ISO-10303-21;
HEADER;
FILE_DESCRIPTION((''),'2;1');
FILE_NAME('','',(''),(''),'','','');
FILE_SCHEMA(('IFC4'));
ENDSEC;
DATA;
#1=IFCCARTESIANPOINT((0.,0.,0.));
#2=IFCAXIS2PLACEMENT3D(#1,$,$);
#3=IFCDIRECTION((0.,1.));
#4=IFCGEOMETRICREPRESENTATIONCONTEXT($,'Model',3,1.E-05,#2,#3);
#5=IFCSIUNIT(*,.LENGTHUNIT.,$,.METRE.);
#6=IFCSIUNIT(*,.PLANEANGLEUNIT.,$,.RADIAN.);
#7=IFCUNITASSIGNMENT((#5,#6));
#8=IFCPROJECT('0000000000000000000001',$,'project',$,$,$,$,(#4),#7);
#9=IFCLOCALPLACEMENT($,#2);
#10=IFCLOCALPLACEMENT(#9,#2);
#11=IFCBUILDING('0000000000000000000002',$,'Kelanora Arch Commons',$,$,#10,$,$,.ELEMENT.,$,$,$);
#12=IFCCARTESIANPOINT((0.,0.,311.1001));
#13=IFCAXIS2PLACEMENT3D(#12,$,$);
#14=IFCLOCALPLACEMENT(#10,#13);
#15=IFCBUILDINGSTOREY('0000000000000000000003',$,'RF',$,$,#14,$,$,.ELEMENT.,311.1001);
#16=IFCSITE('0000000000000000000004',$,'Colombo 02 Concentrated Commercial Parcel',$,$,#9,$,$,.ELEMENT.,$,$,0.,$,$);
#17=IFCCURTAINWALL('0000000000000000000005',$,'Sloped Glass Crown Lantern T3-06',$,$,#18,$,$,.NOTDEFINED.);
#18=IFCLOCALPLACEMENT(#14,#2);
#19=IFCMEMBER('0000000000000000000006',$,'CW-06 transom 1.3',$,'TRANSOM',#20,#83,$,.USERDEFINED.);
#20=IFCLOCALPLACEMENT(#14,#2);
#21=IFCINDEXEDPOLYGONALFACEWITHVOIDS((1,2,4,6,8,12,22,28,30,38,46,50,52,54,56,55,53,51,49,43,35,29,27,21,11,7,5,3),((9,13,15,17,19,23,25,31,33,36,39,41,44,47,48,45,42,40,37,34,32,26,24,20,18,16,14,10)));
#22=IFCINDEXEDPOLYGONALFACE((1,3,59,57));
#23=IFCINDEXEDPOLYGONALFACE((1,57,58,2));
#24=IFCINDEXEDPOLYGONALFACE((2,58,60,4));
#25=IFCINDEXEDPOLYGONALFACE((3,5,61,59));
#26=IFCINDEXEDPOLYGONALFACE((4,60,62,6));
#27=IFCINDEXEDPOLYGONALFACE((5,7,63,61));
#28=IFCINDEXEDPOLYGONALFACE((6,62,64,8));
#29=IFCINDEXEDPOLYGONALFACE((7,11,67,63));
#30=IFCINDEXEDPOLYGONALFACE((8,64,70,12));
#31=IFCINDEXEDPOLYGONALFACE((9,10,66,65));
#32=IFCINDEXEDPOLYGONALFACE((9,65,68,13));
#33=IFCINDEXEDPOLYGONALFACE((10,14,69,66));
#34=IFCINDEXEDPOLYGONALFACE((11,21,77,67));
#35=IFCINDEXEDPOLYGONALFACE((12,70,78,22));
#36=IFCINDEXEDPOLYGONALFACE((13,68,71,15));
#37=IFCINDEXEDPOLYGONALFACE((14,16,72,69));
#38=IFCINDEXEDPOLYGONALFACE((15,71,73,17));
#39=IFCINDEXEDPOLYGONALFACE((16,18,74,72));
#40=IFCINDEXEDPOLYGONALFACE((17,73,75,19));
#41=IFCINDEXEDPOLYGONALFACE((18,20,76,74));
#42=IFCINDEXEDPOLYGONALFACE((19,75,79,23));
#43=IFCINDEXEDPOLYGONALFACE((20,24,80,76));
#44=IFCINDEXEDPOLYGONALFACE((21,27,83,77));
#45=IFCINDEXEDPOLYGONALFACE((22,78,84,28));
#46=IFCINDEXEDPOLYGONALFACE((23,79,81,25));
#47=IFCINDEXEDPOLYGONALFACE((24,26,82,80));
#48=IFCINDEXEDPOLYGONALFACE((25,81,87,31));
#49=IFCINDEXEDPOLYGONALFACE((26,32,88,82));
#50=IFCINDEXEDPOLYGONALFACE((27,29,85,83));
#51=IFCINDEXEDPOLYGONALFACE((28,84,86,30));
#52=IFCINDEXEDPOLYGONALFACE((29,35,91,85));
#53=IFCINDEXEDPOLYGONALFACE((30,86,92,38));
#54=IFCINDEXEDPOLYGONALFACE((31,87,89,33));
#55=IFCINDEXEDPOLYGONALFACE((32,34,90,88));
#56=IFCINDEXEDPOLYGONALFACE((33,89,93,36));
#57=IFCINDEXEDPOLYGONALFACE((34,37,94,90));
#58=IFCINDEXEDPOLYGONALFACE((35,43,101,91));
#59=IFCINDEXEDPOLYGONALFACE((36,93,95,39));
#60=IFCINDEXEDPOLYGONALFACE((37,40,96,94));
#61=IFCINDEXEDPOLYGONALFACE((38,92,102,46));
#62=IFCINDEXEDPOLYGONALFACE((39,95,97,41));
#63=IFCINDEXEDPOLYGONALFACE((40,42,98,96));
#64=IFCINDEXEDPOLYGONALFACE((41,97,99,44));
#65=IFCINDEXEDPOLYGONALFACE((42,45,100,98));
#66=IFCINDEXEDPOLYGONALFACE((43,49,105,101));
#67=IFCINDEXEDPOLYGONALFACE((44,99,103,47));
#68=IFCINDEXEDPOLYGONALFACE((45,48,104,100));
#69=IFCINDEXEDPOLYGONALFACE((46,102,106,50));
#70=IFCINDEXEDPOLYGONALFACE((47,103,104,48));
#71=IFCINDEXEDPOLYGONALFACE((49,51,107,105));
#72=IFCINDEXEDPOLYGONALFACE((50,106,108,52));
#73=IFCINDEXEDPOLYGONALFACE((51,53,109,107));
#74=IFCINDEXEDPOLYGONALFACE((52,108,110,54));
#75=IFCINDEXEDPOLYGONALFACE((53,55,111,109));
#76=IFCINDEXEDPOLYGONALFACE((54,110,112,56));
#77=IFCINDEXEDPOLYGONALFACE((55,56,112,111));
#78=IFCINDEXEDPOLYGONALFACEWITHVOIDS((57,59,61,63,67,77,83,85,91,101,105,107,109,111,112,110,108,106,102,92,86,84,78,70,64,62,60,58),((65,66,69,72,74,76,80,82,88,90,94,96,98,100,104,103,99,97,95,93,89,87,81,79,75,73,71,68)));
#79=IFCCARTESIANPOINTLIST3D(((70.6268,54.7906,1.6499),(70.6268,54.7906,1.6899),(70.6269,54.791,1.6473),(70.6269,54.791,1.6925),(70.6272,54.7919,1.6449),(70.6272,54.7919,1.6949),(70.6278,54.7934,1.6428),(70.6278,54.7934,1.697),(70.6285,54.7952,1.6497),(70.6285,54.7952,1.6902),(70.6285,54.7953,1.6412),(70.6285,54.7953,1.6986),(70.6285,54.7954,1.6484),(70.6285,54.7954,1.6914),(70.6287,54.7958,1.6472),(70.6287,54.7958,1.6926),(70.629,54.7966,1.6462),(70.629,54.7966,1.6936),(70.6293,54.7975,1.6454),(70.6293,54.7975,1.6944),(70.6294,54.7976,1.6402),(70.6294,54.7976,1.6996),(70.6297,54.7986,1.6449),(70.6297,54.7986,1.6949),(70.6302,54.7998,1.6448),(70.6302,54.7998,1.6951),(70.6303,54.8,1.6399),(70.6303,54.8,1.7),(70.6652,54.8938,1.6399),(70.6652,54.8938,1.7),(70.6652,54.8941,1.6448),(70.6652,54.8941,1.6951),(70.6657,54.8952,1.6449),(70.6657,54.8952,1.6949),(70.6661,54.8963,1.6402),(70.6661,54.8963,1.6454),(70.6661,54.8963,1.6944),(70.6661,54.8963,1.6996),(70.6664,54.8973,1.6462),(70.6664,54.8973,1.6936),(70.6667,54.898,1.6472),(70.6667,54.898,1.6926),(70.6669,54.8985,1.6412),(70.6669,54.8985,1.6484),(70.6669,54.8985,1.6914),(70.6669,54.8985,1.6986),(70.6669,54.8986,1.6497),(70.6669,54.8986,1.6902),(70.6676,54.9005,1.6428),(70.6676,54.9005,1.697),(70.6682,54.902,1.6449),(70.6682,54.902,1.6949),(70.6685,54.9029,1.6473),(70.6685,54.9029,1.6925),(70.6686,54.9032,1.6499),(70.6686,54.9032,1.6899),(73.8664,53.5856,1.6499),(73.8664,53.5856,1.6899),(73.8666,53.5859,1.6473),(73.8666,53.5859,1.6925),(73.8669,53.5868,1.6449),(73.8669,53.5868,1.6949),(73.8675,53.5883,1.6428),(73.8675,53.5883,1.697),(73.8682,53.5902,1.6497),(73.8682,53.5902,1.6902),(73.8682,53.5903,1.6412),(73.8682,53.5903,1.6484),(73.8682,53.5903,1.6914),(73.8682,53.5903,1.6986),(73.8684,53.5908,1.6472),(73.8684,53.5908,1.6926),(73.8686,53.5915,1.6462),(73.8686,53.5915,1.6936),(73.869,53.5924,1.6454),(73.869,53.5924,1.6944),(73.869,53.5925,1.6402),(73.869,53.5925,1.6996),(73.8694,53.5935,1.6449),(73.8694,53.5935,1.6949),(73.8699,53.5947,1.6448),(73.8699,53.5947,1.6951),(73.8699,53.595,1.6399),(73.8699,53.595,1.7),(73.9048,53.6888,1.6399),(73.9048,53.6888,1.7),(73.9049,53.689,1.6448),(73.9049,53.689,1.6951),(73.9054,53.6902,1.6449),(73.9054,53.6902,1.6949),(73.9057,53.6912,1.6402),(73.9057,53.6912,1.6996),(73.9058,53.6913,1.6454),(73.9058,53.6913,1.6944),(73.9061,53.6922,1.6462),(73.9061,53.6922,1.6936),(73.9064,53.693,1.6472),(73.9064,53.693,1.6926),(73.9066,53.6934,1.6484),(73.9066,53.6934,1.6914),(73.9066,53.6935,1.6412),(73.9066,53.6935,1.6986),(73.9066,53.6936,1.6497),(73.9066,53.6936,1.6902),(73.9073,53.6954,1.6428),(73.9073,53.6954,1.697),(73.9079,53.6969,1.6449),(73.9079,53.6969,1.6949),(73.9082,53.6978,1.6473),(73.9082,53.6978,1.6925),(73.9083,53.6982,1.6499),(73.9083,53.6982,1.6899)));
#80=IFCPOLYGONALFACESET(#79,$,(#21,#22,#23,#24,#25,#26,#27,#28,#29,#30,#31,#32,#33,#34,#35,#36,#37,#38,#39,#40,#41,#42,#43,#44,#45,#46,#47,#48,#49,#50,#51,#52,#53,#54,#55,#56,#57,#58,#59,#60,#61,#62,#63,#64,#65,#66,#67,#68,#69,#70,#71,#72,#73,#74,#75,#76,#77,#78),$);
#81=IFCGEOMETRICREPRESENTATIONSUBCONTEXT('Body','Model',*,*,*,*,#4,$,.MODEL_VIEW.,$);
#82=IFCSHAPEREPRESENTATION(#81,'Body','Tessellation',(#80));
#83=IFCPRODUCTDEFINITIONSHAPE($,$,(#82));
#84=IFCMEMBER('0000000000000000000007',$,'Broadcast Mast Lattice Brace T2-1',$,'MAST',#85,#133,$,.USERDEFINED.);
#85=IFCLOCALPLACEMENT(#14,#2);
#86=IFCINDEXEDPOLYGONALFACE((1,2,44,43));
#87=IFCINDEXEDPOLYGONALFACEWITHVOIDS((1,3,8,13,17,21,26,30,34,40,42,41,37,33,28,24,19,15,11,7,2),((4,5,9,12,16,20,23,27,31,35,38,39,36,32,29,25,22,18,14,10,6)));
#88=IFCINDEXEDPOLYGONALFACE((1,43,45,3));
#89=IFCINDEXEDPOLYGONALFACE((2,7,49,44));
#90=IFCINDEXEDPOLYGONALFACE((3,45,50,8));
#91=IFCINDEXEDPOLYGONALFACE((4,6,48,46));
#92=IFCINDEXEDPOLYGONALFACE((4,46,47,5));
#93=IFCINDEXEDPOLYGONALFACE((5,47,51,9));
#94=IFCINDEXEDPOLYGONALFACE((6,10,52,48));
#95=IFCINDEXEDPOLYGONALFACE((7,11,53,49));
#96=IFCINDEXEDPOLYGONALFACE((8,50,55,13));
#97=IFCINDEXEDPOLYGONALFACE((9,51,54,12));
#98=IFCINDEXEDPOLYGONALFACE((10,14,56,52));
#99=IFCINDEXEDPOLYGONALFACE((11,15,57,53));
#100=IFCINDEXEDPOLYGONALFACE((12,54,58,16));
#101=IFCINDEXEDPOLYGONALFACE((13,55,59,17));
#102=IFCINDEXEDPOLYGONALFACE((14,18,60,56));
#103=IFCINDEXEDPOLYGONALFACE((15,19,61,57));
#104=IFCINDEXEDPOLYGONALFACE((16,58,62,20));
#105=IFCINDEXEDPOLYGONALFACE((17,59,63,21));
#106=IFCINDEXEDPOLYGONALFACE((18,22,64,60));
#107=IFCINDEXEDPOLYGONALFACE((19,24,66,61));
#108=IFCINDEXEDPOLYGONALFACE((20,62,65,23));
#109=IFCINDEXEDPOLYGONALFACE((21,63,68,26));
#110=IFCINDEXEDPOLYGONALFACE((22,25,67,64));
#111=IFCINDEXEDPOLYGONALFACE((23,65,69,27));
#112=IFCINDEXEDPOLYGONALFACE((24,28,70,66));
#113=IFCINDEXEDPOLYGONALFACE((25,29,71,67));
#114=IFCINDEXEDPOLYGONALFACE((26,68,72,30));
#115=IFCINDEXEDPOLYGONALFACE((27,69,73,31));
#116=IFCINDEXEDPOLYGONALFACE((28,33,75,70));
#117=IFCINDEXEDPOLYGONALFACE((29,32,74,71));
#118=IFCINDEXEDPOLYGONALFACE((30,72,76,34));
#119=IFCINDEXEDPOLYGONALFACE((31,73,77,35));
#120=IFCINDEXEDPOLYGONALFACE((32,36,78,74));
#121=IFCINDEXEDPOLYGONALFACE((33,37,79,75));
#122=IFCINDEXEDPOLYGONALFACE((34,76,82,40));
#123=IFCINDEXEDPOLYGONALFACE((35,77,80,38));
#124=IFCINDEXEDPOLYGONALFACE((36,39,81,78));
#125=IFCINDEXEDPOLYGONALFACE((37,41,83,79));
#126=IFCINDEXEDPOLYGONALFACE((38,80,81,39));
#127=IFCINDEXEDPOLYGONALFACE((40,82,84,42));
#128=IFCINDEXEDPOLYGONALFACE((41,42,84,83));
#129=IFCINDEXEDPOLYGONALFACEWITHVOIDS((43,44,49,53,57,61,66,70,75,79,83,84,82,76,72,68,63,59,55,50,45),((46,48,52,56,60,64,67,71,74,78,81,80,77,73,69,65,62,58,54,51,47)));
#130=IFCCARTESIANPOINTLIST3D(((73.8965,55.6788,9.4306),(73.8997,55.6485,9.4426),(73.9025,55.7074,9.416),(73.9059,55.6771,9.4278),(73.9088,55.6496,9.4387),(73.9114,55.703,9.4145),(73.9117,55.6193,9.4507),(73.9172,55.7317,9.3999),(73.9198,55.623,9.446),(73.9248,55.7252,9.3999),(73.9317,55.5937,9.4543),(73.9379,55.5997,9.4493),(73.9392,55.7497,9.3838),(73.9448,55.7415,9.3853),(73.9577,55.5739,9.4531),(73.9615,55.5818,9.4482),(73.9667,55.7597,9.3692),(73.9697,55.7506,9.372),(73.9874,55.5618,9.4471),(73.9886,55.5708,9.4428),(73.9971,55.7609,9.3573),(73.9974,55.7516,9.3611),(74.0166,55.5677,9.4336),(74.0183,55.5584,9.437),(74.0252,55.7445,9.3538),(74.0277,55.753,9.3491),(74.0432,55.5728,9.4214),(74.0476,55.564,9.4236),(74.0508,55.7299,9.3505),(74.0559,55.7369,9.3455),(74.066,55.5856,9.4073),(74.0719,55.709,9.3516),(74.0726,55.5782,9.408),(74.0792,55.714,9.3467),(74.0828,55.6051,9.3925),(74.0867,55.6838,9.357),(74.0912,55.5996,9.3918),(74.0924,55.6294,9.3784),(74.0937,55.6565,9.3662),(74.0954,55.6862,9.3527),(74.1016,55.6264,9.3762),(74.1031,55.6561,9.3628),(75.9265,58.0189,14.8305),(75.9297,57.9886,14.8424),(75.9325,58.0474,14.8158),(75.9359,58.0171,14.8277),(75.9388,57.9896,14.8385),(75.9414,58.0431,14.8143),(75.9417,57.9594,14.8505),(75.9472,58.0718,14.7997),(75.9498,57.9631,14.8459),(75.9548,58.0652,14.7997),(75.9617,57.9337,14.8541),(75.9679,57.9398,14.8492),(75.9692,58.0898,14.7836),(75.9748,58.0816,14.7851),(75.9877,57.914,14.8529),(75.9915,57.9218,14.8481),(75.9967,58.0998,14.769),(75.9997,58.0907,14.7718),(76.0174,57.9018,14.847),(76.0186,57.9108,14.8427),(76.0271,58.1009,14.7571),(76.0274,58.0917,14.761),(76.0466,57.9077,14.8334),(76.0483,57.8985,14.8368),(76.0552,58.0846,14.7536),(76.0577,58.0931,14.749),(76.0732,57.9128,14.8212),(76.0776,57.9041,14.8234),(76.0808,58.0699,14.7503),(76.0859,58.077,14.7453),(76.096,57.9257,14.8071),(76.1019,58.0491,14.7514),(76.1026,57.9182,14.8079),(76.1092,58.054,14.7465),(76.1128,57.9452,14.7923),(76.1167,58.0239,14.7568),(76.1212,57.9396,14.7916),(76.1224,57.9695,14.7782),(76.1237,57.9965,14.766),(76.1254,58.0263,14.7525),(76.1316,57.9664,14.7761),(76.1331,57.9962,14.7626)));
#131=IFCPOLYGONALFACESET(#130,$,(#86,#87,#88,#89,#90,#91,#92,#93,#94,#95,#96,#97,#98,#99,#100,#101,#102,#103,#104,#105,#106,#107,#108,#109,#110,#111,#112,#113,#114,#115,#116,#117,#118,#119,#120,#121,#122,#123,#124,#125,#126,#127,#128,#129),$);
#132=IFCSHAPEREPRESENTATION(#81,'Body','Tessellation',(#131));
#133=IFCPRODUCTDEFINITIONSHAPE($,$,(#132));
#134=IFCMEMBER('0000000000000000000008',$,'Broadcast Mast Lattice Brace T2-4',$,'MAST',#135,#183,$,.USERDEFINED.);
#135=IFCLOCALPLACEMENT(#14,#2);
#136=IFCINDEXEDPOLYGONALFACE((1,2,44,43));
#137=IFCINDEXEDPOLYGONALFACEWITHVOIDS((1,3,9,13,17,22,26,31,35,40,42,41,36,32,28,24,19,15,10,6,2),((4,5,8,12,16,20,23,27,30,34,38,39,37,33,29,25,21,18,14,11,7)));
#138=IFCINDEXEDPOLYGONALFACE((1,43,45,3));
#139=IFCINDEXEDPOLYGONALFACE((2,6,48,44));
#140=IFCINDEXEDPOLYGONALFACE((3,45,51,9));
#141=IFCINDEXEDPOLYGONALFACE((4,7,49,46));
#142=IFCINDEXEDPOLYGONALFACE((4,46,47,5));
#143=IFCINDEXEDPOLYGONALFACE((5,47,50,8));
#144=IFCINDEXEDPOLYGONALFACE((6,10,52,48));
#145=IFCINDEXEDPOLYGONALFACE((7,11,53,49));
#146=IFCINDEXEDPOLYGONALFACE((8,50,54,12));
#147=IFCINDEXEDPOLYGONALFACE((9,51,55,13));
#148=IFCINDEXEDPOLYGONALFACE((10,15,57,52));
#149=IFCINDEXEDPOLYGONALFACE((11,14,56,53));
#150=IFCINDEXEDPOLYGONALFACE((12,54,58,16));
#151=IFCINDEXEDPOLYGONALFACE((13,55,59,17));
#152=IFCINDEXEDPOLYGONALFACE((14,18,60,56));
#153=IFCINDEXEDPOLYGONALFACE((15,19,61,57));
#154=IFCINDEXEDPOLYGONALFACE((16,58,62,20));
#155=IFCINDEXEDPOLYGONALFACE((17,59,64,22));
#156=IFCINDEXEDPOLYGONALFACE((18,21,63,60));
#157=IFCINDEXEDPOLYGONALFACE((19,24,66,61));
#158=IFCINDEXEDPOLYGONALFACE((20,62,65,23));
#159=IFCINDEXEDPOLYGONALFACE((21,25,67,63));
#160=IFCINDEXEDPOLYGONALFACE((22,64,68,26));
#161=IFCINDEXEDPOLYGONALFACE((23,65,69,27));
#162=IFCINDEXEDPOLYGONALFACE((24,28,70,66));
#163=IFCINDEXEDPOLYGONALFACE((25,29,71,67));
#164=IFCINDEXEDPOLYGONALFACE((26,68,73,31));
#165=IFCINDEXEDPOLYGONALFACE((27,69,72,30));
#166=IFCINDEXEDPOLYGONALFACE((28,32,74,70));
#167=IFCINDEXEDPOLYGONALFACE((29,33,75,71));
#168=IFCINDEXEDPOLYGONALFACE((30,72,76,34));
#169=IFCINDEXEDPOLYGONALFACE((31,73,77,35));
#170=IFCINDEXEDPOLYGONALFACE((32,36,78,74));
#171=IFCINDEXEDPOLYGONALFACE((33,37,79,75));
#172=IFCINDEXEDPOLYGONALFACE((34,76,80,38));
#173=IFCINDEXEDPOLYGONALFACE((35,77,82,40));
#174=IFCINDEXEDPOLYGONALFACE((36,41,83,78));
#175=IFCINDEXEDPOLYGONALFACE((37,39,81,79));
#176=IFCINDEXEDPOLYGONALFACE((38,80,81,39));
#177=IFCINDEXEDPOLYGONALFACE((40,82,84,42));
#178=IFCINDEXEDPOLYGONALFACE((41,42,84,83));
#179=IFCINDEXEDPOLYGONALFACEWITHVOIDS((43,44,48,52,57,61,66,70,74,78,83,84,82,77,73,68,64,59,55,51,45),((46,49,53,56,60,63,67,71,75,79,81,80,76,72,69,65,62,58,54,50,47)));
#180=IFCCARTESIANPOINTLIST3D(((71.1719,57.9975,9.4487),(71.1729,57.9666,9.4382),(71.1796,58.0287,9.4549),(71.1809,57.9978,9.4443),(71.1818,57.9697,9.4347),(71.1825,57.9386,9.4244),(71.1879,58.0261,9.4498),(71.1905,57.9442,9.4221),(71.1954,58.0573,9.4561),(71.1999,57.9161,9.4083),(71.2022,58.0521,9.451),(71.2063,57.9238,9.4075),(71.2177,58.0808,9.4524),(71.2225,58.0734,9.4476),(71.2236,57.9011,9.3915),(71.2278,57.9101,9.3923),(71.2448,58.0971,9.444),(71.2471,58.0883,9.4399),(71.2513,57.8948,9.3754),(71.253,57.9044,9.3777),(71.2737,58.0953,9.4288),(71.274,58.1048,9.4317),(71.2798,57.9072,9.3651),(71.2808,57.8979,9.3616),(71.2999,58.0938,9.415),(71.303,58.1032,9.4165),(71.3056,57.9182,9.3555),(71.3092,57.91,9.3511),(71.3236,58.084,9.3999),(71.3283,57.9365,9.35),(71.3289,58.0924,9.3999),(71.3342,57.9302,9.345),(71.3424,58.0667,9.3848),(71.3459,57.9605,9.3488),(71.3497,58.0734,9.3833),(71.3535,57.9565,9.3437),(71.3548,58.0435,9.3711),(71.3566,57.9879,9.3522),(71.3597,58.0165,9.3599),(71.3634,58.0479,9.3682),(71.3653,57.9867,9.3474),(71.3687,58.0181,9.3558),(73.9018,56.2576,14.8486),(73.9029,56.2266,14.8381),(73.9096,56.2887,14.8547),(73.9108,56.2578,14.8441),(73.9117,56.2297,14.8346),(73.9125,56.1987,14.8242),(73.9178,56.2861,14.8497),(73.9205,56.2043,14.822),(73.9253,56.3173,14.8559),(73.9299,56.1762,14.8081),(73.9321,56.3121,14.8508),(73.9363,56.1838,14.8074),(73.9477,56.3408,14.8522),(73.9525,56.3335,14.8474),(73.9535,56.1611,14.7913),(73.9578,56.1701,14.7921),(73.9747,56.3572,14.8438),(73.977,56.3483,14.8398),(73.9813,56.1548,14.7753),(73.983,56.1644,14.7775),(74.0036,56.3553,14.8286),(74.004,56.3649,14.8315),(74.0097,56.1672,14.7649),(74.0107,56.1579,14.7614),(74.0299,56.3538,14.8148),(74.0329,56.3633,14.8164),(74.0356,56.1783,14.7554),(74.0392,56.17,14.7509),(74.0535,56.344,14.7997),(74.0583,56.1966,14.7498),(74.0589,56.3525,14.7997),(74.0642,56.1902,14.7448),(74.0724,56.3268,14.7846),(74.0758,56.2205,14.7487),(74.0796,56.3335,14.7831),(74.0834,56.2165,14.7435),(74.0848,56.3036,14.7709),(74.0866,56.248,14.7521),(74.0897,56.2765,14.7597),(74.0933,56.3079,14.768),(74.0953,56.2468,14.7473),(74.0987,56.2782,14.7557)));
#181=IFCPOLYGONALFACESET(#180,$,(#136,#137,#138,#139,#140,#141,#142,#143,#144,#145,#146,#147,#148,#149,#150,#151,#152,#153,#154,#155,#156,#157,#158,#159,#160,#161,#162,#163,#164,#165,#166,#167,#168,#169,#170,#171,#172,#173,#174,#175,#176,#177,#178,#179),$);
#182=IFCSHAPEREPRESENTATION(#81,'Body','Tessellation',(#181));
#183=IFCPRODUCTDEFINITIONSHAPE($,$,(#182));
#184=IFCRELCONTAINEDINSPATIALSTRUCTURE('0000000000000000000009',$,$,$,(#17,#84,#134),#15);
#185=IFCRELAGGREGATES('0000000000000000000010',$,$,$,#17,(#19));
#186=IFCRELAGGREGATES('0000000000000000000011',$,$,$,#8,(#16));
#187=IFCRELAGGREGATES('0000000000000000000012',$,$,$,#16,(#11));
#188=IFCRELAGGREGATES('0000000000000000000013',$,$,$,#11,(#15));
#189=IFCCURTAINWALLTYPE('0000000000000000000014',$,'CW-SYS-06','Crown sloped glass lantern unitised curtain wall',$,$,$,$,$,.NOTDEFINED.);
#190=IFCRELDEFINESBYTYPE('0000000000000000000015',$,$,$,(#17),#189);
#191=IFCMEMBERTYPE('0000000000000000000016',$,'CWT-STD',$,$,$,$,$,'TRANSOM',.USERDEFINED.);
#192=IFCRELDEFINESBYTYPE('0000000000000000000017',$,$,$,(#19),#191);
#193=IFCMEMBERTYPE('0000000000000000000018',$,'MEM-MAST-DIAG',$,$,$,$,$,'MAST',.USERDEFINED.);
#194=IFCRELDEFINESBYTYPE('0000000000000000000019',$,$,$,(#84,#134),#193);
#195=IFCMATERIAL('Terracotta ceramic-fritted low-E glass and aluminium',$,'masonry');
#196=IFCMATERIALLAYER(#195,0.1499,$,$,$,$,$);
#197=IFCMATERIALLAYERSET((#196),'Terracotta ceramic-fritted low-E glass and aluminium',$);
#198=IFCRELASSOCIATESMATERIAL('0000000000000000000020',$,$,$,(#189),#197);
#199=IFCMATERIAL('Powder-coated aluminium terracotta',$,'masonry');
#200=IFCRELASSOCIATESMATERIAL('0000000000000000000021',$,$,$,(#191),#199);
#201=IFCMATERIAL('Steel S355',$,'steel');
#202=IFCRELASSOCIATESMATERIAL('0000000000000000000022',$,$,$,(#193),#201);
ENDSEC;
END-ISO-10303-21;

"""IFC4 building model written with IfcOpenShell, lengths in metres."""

from ifc_helpers import new_model, si_unit, direction, frame, origin, origin_2d, place, context, subcontext, project, spatial, hollow_rectangle, hollow_circle, extrude, material, layer, layer_set, material_profile, profile_set, type_object, element, aggregate, save


model = new_model("IFC4")

# Units and contexts
model_context = context("Model", 3, precision=1e-05, world=origin(), true_north=direction((0.0, 1.0)))
body_context = subcontext(model_context, "Body", "Model", "MODEL_VIEW")
ifc_project = project(units=[si_unit("LENGTHUNIT", "METRE"), si_unit("PLANEANGLEUNIT", "RADIAN")], contexts=[model_context])

# Site, building, storey
site_placement = place(None, origin())
site = spatial("IfcSite", under=ifc_project, at=site_placement, Name="Colombo 02 Concentrated Commercial Parcel", CompositionType="ELEMENT", RefElevation=0.0)
building_placement = place(site_placement, origin())
building = spatial("IfcBuilding", under=site, at=building_placement, Name="Kelanora Arch Commons", CompositionType="ELEMENT")
storey_placement = place(building_placement, frame((0.0, 0.0, 311.1001)))
storey = spatial("IfcBuildingStorey", under=building, at=storey_placement, Name="RF", CompositionType="ELEMENT", Elevation=311.1001)

# Shared definitions
ifc_material_1 = material(Name="Terracotta ceramic-fritted low-E glass and aluminium", Category="masonry")
ifc_layer_1 = layer(ifc_material_1, 0.1499)
ifc_layer_set_1 = layer_set([ifc_layer_1], Name="Terracotta ceramic-fritted low-E glass and aluminium")
curtain_wall_type = type_object("IfcCurtainWallType", Name="CW-SYS-06", Description="Crown sloped glass lantern unitised curtain wall", PredefinedType="NOTDEFINED", material=ifc_layer_set_1)
ifc_material_2 = material(Name="Powder-coated aluminium terracotta", Category="masonry")
ifc_material_profile_1 = material_profile(ifc_material_2, hollow_rectangle(XDim=0.1201, YDim=0.0601, WallThickness=0.0049, InnerFilletRadius=0.0049, OuterFilletRadius=0.01, at=origin_2d()), Name="CWT120x60")
ifc_profile_set_1 = profile_set([ifc_material_profile_1], Name="Powder-coated aluminium terracotta")
member_type_1 = type_object("IfcMemberType", Name="CWT-STD", ElementType="TRANSOM", PredefinedType="USERDEFINED", material=ifc_profile_set_1)

# Curtain wall, member
curtain_wall_1_placement = place(storey_placement, origin())
curtain_wall_1 = element("IfcCurtainWall", 1, at=curtain_wall_1_placement, inside=storey, type_object=curtain_wall_type, Name="Sloped Glass Crown Lantern T3-06", PredefinedType="NOTDEFINED")
member_1_placement = place(storey_placement, frame((70.6477, 54.8469, 1.6699), z_axis=(0.93726, -0.34863, 0.0), x_axis=(0.34863, 0.93726, 0.0)))
member_1 = element("IfcMember", 2, at=member_1_placement, type_object=member_type_1, Name="CW-06 transom 1.3", ObjectType="TRANSOM", PredefinedType="USERDEFINED", context=body_context, shape_type="SweptSolid", body=[
    extrude(hollow_rectangle(XDim=0.1201, YDim=0.0601, WallThickness=0.0049, InnerFilletRadius=0.0049, OuterFilletRadius=0.01, at=origin_2d()), origin(), (0.0, 0.0, 1.0), 3.4565),
])

# Members
ifc_material_3 = material(Name="Steel S355", Category="steel")
ifc_material_profile_2 = material_profile(ifc_material_3, hollow_circle(Radius=0.1096, WallThickness=0.01, at=origin_2d()), Name="CHS219.1x10")
ifc_profile_set_2 = profile_set([ifc_material_profile_2], Name="Steel S355")
member_type_2 = type_object("IfcMemberType", Name="MEM-MAST-DIAG", ElementType="MAST", PredefinedType="USERDEFINED", material=ifc_profile_set_2)
member_2_placement = place(storey_placement, frame((74.0, 55.6599, 9.3999), z_axis=(0.326087, 0.375892, 0.867394), x_axis=(-0.755377, 0.655291, 0.0)))
element("IfcMember", 3, at=member_2_placement, inside=storey, type_object=member_type_2, Name="Broadcast Mast Lattice Brace T2-1", ObjectType="MAST", PredefinedType="USERDEFINED", context=body_context, shape_type="SweptSolid", body=[
    extrude(hollow_circle(Radius=0.1096, WallThickness=0.01, at=origin_2d()), origin(), (0.0, 0.0, 1.0), 6.2253),
])
member_3_placement = place(storey_placement, frame((71.27, 58.0, 9.3999), z_axis=(0.433607, -0.276365, 0.857675), x_axis=(0.537476, 0.843279, 0.0)))
element("IfcMember", 4, at=member_3_placement, inside=storey, type_object=member_type_2, Name="Broadcast Mast Lattice Brace T2-4", ObjectType="MAST", PredefinedType="USERDEFINED", context=body_context, shape_type="SweptSolid", body=[
    extrude(hollow_circle(Radius=0.1096, WallThickness=0.01, at=origin_2d()), origin(), (0.0, 0.0, 1.0), 6.2959),
])

aggregate(curtain_wall_1, [member_1])

save(model, "model.ifc")
